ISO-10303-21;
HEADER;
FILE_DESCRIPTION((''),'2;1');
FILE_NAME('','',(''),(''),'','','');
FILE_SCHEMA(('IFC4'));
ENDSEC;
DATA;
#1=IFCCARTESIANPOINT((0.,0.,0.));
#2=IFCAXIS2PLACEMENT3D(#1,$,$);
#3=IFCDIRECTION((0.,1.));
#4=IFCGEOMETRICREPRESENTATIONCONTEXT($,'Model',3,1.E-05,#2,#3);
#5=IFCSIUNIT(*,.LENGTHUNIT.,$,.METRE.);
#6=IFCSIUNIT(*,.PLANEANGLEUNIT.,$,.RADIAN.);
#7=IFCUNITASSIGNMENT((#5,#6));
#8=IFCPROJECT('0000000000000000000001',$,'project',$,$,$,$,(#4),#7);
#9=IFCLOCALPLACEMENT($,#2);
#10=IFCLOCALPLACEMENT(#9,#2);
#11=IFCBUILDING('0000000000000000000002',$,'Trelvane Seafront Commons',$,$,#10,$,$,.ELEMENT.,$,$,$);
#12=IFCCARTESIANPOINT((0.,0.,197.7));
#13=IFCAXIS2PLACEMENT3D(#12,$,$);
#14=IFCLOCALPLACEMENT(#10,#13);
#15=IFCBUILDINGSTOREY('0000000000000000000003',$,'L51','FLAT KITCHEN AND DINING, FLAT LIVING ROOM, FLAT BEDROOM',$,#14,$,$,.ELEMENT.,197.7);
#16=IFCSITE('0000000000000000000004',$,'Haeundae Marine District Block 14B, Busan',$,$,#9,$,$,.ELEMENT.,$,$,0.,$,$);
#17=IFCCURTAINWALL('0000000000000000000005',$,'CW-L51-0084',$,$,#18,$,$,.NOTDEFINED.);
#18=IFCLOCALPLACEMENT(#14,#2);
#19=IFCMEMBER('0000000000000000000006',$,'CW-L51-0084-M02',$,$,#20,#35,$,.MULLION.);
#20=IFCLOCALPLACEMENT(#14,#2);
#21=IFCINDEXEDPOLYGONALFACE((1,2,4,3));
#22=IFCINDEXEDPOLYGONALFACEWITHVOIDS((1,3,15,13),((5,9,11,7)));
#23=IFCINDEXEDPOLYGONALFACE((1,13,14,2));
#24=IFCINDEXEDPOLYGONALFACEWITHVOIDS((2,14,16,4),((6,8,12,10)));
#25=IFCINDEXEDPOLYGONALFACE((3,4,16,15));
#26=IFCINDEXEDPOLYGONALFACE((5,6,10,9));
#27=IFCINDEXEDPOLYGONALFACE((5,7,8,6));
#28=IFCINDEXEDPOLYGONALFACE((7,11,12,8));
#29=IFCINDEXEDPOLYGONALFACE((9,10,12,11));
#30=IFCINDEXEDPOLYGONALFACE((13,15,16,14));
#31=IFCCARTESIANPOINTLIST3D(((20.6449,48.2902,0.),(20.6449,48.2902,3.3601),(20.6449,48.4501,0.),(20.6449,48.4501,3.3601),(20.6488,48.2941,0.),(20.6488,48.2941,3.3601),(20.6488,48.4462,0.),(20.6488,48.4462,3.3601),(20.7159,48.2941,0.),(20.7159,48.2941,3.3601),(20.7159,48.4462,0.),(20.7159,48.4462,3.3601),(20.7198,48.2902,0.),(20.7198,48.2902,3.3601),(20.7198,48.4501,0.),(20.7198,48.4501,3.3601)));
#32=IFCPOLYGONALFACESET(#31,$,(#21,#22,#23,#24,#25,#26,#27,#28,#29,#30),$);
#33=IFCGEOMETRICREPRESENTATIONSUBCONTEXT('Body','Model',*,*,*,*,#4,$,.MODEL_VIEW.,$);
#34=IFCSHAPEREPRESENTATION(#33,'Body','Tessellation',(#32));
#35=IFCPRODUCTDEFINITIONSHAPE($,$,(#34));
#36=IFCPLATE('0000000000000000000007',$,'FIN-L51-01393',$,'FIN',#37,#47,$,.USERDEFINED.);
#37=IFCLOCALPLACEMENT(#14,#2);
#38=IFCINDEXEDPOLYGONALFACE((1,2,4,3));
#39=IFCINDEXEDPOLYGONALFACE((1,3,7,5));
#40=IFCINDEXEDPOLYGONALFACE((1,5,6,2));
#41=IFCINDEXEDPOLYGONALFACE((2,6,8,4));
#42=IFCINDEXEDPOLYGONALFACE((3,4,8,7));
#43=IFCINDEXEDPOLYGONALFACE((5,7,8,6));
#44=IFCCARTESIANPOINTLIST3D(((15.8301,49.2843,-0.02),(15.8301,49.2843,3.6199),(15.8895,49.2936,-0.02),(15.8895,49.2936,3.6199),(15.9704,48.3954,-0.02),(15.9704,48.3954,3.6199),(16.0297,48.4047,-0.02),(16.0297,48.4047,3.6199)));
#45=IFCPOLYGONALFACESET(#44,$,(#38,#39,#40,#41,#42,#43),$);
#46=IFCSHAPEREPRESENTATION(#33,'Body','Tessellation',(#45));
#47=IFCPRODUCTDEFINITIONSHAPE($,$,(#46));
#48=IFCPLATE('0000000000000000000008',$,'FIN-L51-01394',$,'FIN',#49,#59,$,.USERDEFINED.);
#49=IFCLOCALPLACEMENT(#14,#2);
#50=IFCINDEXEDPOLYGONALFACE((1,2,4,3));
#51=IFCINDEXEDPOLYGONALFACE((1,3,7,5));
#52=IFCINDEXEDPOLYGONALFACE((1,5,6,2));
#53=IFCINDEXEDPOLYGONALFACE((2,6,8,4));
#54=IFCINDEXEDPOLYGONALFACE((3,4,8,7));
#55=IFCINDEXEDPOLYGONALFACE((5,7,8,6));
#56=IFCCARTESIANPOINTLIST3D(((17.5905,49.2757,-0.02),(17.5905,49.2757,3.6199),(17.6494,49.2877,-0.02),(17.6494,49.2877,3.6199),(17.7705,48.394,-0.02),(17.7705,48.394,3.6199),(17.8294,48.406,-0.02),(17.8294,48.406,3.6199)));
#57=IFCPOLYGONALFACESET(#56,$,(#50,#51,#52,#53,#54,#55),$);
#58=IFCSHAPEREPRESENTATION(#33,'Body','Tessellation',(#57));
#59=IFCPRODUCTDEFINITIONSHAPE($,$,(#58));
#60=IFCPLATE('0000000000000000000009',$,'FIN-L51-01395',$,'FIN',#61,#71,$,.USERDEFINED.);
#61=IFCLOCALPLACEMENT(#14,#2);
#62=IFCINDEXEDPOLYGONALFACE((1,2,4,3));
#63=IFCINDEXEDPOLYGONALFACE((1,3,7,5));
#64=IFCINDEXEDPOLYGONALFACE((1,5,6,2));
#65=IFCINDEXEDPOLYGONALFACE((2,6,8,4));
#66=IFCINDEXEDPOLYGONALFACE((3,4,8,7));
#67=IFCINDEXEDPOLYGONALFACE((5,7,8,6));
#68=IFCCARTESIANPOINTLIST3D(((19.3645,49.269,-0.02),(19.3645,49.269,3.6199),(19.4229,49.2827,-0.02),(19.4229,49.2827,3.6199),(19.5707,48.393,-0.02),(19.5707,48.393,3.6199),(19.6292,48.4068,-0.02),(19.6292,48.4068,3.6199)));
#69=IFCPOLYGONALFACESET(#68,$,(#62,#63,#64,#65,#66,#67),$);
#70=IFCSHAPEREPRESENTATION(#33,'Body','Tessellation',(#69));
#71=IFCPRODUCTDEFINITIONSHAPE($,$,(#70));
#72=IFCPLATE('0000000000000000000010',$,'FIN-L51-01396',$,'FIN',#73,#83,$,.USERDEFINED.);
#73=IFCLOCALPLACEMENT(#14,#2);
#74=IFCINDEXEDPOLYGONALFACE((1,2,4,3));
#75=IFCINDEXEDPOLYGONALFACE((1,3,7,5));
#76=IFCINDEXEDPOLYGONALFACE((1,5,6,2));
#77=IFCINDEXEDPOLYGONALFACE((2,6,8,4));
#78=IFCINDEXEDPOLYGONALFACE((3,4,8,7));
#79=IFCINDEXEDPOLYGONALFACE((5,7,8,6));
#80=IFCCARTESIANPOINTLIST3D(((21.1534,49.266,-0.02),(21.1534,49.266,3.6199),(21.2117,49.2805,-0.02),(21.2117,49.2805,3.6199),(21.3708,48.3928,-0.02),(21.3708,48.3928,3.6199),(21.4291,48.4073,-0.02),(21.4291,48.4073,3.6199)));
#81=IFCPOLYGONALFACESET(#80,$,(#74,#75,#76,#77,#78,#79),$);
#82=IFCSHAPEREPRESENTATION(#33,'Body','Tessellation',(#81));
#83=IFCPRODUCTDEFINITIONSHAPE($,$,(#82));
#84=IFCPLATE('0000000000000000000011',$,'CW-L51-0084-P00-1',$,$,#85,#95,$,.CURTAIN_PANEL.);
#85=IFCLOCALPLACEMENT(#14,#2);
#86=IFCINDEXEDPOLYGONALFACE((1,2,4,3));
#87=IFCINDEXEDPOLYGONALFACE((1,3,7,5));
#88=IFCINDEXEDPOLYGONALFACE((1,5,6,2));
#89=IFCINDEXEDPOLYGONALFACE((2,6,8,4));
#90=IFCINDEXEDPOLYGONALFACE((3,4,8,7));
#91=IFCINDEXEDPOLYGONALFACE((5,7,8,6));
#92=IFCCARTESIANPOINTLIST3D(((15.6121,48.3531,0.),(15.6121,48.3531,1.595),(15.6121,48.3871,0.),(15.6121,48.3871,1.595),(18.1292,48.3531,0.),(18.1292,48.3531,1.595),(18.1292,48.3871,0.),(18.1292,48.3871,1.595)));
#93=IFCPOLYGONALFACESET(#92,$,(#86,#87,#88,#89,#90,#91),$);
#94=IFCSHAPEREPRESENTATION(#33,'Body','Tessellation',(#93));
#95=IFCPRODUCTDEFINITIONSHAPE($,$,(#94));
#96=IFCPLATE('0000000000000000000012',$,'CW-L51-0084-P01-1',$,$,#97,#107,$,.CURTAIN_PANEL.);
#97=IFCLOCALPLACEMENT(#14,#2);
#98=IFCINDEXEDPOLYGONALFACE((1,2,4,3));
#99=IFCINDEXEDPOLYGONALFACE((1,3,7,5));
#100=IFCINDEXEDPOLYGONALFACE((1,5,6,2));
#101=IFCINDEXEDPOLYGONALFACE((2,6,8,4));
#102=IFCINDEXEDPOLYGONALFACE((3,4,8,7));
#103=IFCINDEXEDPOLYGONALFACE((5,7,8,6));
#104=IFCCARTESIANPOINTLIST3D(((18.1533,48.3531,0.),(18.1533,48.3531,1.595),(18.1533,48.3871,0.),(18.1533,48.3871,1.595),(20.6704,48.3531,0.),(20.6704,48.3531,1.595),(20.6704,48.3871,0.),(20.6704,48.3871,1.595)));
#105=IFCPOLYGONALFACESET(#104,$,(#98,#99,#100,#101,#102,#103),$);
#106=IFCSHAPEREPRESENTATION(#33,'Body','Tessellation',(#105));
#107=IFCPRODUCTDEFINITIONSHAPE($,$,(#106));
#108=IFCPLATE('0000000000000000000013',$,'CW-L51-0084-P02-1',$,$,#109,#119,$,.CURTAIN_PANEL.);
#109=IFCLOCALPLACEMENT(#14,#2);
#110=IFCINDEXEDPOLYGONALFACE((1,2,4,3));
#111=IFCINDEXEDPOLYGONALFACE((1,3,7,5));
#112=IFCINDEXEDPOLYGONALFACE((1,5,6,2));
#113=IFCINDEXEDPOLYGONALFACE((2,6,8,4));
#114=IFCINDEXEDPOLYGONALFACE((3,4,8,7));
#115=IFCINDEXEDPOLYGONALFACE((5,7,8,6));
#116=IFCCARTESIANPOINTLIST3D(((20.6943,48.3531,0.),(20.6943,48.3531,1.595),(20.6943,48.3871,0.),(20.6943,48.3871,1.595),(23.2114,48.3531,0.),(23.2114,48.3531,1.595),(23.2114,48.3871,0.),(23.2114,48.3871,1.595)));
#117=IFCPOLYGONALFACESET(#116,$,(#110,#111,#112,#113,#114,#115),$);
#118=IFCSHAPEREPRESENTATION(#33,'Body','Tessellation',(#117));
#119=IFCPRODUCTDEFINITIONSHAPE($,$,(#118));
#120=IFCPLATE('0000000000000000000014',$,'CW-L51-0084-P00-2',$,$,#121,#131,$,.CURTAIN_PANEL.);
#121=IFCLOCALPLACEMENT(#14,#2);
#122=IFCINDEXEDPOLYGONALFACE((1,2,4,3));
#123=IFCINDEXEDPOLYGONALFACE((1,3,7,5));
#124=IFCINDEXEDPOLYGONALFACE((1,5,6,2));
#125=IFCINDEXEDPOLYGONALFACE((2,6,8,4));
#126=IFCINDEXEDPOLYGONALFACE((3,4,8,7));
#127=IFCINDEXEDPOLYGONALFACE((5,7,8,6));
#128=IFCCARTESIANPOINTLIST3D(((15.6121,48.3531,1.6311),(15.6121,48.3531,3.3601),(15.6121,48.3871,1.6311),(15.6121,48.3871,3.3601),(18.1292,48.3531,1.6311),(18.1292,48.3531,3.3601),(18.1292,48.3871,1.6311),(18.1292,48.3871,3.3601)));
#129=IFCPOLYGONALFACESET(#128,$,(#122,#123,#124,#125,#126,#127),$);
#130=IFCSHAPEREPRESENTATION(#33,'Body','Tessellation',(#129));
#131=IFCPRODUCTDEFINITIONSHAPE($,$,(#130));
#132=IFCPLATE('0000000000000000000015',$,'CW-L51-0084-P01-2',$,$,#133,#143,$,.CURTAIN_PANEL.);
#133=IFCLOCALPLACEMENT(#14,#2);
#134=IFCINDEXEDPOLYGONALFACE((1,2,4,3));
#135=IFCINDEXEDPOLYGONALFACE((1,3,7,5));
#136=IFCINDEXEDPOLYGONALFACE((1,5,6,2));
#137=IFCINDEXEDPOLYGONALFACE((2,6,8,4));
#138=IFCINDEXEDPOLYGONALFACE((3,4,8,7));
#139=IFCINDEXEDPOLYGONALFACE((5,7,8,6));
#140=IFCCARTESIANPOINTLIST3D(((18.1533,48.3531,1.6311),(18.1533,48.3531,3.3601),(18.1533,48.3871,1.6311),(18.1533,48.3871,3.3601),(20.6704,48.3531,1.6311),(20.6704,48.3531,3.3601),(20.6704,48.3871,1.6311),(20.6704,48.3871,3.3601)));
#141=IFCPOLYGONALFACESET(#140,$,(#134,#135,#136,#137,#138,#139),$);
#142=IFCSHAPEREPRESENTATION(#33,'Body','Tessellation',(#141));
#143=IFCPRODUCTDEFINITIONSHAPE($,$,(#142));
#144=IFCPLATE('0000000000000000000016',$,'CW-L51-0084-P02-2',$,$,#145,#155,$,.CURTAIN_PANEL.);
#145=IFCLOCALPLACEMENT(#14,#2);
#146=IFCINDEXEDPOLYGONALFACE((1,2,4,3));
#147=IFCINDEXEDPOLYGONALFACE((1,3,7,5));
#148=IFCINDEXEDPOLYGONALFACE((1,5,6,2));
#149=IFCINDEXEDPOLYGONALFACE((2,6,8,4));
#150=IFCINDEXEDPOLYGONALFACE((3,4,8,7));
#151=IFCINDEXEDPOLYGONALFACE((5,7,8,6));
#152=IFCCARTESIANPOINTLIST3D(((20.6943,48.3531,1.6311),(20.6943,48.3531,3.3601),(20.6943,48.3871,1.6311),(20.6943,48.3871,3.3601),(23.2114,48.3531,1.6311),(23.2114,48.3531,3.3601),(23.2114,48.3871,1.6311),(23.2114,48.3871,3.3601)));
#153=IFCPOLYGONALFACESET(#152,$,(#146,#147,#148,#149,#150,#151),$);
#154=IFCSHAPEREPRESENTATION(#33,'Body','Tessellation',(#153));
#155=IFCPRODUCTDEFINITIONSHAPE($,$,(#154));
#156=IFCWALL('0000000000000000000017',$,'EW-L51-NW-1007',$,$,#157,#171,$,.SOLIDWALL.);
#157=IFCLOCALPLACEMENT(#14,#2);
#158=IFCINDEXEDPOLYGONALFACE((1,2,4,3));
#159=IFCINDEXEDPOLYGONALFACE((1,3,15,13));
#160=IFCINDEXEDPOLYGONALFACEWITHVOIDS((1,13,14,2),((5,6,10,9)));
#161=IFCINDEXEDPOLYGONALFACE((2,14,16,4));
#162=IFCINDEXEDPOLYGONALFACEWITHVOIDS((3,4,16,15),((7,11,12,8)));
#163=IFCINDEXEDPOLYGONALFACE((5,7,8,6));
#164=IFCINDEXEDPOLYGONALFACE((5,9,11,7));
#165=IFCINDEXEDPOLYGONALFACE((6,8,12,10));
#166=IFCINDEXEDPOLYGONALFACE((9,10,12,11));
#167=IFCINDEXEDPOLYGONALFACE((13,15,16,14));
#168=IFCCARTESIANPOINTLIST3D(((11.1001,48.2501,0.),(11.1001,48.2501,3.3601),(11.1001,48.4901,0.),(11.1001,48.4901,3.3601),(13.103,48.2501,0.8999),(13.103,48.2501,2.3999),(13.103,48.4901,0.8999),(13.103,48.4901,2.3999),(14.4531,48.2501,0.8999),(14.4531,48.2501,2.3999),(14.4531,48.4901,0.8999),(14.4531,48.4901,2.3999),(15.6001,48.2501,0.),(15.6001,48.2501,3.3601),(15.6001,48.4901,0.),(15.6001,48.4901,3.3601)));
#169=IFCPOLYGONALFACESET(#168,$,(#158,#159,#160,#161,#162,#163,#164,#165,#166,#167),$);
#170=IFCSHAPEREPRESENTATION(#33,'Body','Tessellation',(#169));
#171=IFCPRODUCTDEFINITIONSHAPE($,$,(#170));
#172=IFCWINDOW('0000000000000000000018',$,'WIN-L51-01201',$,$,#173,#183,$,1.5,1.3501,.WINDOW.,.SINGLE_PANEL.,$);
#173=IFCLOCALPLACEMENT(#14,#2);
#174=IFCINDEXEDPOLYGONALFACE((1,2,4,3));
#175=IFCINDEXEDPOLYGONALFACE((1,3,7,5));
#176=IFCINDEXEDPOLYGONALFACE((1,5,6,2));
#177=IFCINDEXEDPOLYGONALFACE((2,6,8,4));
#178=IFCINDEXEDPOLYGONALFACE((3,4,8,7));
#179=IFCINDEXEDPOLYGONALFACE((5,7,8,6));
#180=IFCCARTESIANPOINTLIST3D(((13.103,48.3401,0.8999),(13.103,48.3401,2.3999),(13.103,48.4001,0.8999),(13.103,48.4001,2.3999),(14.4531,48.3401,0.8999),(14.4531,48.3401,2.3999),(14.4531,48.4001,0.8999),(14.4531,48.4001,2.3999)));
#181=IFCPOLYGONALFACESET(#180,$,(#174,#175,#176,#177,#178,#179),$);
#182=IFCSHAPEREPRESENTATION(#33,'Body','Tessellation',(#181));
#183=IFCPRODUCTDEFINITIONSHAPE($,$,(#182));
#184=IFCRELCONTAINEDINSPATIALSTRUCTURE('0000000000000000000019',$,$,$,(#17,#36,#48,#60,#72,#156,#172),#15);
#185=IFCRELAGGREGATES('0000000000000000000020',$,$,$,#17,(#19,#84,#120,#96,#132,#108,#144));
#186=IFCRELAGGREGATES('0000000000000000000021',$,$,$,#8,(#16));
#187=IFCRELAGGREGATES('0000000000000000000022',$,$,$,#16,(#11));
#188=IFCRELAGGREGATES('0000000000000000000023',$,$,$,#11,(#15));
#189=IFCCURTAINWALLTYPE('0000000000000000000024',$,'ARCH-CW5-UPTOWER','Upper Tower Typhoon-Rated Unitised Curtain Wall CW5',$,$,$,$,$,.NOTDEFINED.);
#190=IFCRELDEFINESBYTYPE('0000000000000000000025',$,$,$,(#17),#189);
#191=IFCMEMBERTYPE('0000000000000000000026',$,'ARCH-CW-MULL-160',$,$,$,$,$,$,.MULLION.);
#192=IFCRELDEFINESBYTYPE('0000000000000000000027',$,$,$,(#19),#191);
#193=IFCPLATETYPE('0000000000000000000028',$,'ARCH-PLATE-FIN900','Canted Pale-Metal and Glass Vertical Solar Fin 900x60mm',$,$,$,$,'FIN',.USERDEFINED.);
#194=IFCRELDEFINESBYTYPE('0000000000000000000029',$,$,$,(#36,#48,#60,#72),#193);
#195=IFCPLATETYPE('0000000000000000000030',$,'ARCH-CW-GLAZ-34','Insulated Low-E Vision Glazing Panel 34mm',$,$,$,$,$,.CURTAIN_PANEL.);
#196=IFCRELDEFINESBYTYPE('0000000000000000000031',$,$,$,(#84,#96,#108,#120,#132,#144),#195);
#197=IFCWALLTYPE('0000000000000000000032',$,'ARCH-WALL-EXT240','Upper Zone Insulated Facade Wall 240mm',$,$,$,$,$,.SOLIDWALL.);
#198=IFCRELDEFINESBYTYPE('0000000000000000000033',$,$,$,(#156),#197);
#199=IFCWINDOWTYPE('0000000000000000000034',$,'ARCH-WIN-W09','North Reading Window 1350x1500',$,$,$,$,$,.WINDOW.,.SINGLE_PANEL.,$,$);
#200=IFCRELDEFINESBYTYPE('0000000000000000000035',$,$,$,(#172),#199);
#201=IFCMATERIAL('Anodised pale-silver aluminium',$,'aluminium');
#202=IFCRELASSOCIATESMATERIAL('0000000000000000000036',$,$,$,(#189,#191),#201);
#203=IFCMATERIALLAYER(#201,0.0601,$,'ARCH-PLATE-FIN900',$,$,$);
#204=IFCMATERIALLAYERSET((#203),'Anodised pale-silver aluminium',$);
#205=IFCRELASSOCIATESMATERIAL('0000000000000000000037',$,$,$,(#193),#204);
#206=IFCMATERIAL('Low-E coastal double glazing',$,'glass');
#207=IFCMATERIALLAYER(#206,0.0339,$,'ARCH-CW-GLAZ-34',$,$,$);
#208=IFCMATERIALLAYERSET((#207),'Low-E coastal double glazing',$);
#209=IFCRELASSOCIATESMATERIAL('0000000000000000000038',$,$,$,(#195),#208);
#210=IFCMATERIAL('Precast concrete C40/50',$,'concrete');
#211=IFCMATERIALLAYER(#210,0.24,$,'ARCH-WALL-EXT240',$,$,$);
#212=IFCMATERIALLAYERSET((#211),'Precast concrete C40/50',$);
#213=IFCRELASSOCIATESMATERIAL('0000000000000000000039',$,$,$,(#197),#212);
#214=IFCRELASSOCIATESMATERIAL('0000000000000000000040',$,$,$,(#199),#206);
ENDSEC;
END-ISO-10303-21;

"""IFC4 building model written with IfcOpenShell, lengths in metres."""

from ifc_helpers import new_model, si_unit, direction, frame, frame_2d, origin, origin_2d, place, context, subcontext, project, spatial, rectangle, hollow_rectangle, extrude, source, transform, mapped, material, layer, layer_set, material_profile, profile_set, type_object, element, fill, aggregate, save


model = new_model("IFC4")

# Units and contexts
model_context = context("Model", 3, precision=1e-05, world=origin(), true_north=direction((0.0, 1.0)))
body_context = subcontext(model_context, "Body", "Model", "MODEL_VIEW")
ifc_project = project(units=[si_unit("LENGTHUNIT", "METRE"), si_unit("PLANEANGLEUNIT", "RADIAN")], contexts=[model_context])

# Site, building, storey
site_placement = place(None, origin())
site = spatial("IfcSite", under=ifc_project, at=site_placement, Name="Haeundae Marine District Block 14B, Busan", CompositionType="ELEMENT", RefElevation=0.0)
building_placement = place(site_placement, origin())
building = spatial("IfcBuilding", under=site, at=building_placement, Name="Trelvane Seafront Commons", CompositionType="ELEMENT")
storey_placement = place(building_placement, frame((0.0, 0.0, 197.7)))
storey = spatial("IfcBuildingStorey", under=building, at=storey_placement, Name="L51", Description="FLAT KITCHEN AND DINING, FLAT LIVING ROOM, FLAT BEDROOM", CompositionType="ELEMENT", Elevation=197.7)

# Curtain wall, member
ifc_material_1 = material(Name="Anodised pale-silver aluminium", Category="aluminium")
curtain_wall_type = type_object("IfcCurtainWallType", Name="ARCH-CW5-UPTOWER", Description="Upper Tower Typhoon-Rated Unitised Curtain Wall CW5", PredefinedType="NOTDEFINED", material=ifc_material_1)
curtain_wall_placement = place(storey_placement, origin())
curtain_wall = element("IfcCurtainWall", 1, at=curtain_wall_placement, inside=storey, type_object=curtain_wall_type, Name="CW-L51-0084", PredefinedType="NOTDEFINED")
ifc_material_profile_1 = material_profile(ifc_material_1, hollow_rectangle(XDim=0.075, YDim=0.1599, WallThickness=0.0039, at=origin_2d()), Name="MULL-75x160x4")
ifc_profile_set_1 = profile_set([ifc_material_profile_1], Name="Anodised pale-silver aluminium")
member_type_1 = type_object("IfcMemberType", Name="ARCH-CW-MULL-160", PredefinedType="MULLION", material=ifc_profile_set_1)
shared_shape_1 = source(origin(), body_context, "Body", "SweptSolid", [
    extrude(hollow_rectangle(XDim=0.075, YDim=0.1599, WallThickness=0.0039, at=origin_2d()), origin(), (0.0, 0.0, 1.0), 3.3601),
])
member_1_placement = place(storey_placement, frame((20.6824, 48.3701, 0.0), z_axis=(0.0, 0.0, 1.0), x_axis=(1.0, 0.0, 0.0)))
member_1 = element("IfcMember", 2, at=member_1_placement, type_object=member_type_1, Name="CW-L51-0084-M02", PredefinedType="MULLION", context=body_context, shape_type="MappedRepresentation", body=[
    mapped(shared_shape_1, transform((0.0, 0.0, 0.0), x_axis=(1.0, 0.0, 0.0), y_axis=(0.0, 1.0, 0.0), z_axis=(0.0, 0.0, 1.0), scale=1.0)),
])

# Plates
ifc_layer_1 = layer(ifc_material_1, 0.0601, Name="ARCH-PLATE-FIN900")
ifc_layer_set_1 = layer_set([ifc_layer_1], Name="Anodised pale-silver aluminium")
plate_type_1 = type_object("IfcPlateType", Name="ARCH-PLATE-FIN900", Description="Canted Pale-Metal and Glass Vertical Solar Fin 900x60mm", ElementType="FIN", PredefinedType="USERDEFINED", material=ifc_layer_set_1)
shared_shape_2 = source(origin(), body_context, "Body", "SweptSolid", [
    extrude(rectangle(XDim=0.8999, YDim=0.0601, at=origin_2d()), origin(), (0.0, 0.0, 1.0), 3.6399),
])
for number, where, z_axis, x_axis, name in (
    (3, (15.9299, 48.8445, -0.02), (0.0, 0.0, 1.0), (-0.155888, 0.987775, 0.0), "FIN-L51-01393"),
    (4, (17.71, 48.8408, -0.02), (0.0, 0.0, 1.0), (-0.200004, 0.979795, 0.0), "FIN-L51-01394"),
    (5, (19.4968, 48.8379, -0.02), (0.0, 0.0, 1.0), (-0.229231, 0.973372, 0.0), "FIN-L51-01395"),
    (6, (21.2913, 48.8367, -0.02), (0.0, 0.0, 1.0), (-0.241568, 0.970384, 0.0), "FIN-L51-01396"),
):
    element("IfcPlate", number, at=place(storey_placement, frame(where, z_axis=z_axis, x_axis=x_axis)), inside=storey, type_object=plate_type_1, Name=name, ObjectType="FIN", PredefinedType="USERDEFINED", context=body_context, shape_type="MappedRepresentation", body=[
        mapped(shared_shape_2, transform((0.0, 0.0, 0.0), x_axis=(1.0, 0.0, 0.0), y_axis=(0.0, 1.0, 0.0), z_axis=(0.0, 0.0, 1.0), scale=1.0)),
    ])

# Plates
ifc_material_2 = material(Name="Low-E coastal double glazing", Category="glass")
ifc_layer_2 = layer(ifc_material_2, 0.0339, Name="ARCH-CW-GLAZ-34")
ifc_layer_set_2 = layer_set([ifc_layer_2], Name="Low-E coastal double glazing")
plate_type_2 = type_object("IfcPlateType", Name="ARCH-CW-GLAZ-34", Description="Insulated Low-E Vision Glazing Panel 34mm", PredefinedType="CURTAIN_PANEL", material=ifc_layer_set_2)
shared_shape_3 = source(origin(), body_context, "Body", "SweptSolid", [
    extrude(rectangle(XDim=2.5171, YDim=0.0339, at=origin_2d()), origin(), (0.0, 0.0, 1.0), 1.595),
])
plate_1_placement = place(storey_placement, frame((16.8706, 48.3701, 0.0), z_axis=(0.0, 0.0, 1.0), x_axis=(1.0, 0.0, 0.0)))
plate_1 = element("IfcPlate", 7, at=plate_1_placement, type_object=plate_type_2, Name="CW-L51-0084-P00-1", PredefinedType="CURTAIN_PANEL", context=body_context, shape_type="MappedRepresentation", body=[
    mapped(shared_shape_3, transform((0.0, 0.0, 0.0), x_axis=(1.0, 0.0, 0.0), y_axis=(0.0, 1.0, 0.0), z_axis=(0.0, 0.0, 1.0), scale=1.0)),
])
plate_2_placement = place(storey_placement, frame((19.4119, 48.3701, 0.0), z_axis=(0.0, 0.0, 1.0), x_axis=(1.0, 0.0, 0.0)))
plate_2 = element("IfcPlate", 8, at=plate_2_placement, type_object=plate_type_2, Name="CW-L51-0084-P01-1", PredefinedType="CURTAIN_PANEL", context=body_context, shape_type="MappedRepresentation", body=[
    mapped(shared_shape_3, transform((0.0, 0.0, 0.0), x_axis=(1.0, 0.0, 0.0), y_axis=(0.0, 1.0, 0.0), z_axis=(0.0, 0.0, 1.0), scale=1.0)),
])
plate_3_placement = place(storey_placement, frame((21.9529, 48.3701, 0.0), z_axis=(0.0, 0.0, 1.0), x_axis=(1.0, 0.0, 0.0)))
plate_3 = element("IfcPlate", 9, at=plate_3_placement, type_object=plate_type_2, Name="CW-L51-0084-P02-1", PredefinedType="CURTAIN_PANEL", context=body_context, shape_type="MappedRepresentation", body=[
    mapped(shared_shape_3, transform((0.0, 0.0, 0.0), x_axis=(1.0, 0.0, 0.0), y_axis=(0.0, 1.0, 0.0), z_axis=(0.0, 0.0, 1.0), scale=1.0)),
])
shared_shape_4 = source(origin(), body_context, "Body", "SweptSolid", [
    extrude(rectangle(XDim=2.5171, YDim=0.0339, at=origin_2d()), origin(), (0.0, 0.0, 1.0), 1.729),
])
plate_4_placement = place(storey_placement, frame((16.8706, 48.3701, 1.6311), z_axis=(0.0, 0.0, 1.0), x_axis=(1.0, 0.0, 0.0)))
plate_4 = element("IfcPlate", 10, at=plate_4_placement, type_object=plate_type_2, Name="CW-L51-0084-P00-2", PredefinedType="CURTAIN_PANEL", context=body_context, shape_type="MappedRepresentation", body=[
    mapped(shared_shape_4, transform((0.0, 0.0, 0.0), x_axis=(1.0, 0.0, 0.0), y_axis=(0.0, 1.0, 0.0), z_axis=(0.0, 0.0, 1.0), scale=1.0)),
])
plate_5_placement = place(storey_placement, frame((19.4119, 48.3701, 1.6311), z_axis=(0.0, 0.0, 1.0), x_axis=(1.0, 0.0, 0.0)))
plate_5 = element("IfcPlate", 11, at=plate_5_placement, type_object=plate_type_2, Name="CW-L51-0084-P01-2", PredefinedType="CURTAIN_PANEL", context=body_context, shape_type="MappedRepresentation", body=[
    mapped(shared_shape_4, transform((0.0, 0.0, 0.0), x_axis=(1.0, 0.0, 0.0), y_axis=(0.0, 1.0, 0.0), z_axis=(0.0, 0.0, 1.0), scale=1.0)),
])
plate_6_placement = place(storey_placement, frame((21.9529, 48.3701, 1.6311), z_axis=(0.0, 0.0, 1.0), x_axis=(1.0, 0.0, 0.0)))
plate_6 = element("IfcPlate", 12, at=plate_6_placement, type_object=plate_type_2, Name="CW-L51-0084-P02-2", PredefinedType="CURTAIN_PANEL", context=body_context, shape_type="MappedRepresentation", body=[
    mapped(shared_shape_4, transform((0.0, 0.0, 0.0), x_axis=(1.0, 0.0, 0.0), y_axis=(0.0, 1.0, 0.0), z_axis=(0.0, 0.0, 1.0), scale=1.0)),
])
aggregate(curtain_wall, [member_1, plate_1, plate_4, plate_2, plate_5, plate_3, plate_6])

# Wall, opening, window
ifc_material_3 = material(Name="Precast concrete C40/50", Category="concrete")
ifc_layer_3 = layer(ifc_material_3, 0.24, Name="ARCH-WALL-EXT240")
ifc_layer_set_3 = layer_set([ifc_layer_3], Name="Precast concrete C40/50")
wall_type_1 = type_object("IfcWallType", Name="ARCH-WALL-EXT240", Description="Upper Zone Insulated Facade Wall 240mm", PredefinedType="SOLIDWALL", material=ifc_layer_set_3)
wall_1_placement = place(storey_placement, frame((11.1001, 48.3701, 0.0), z_axis=(0.0, 0.0, 1.0), x_axis=(1.0, 0.0, 0.0)))
wall_1 = element("IfcWall", 13, at=wall_1_placement, inside=storey, type_object=wall_type_1, Name="EW-L51-NW-1007", PredefinedType="SOLIDWALL", context=body_context, shape_type="SweptSolid", body=[
    extrude(rectangle(XDim=4.5, YDim=0.24, at=frame_2d((2.25, 0.0))), origin(), (0.0, 0.0, 1.0), 3.3601),
])
opening_1_placement = place(wall_1_placement, frame((2.0029, 0.0, 0.8999)))
opening_1 = element("IfcOpeningElement", 14, at=opening_1_placement, cuts=wall_1, PredefinedType="OPENING", context=body_context, shape_type="SweptSolid", body=[
    extrude(rectangle(XDim=1.3501, YDim=1.5, at=frame_2d((0.675, 0.75))), frame((0.0, 0.1299, 0.0), z_axis=(0.0, -1.0, 0.0), x_axis=(1.0, 0.0, 0.0)), (0.0, 0.0, 1.0), 0.26),
])
window_type = type_object("IfcWindowType", Name="ARCH-WIN-W09", Description="North Reading Window 1350x1500", PartitioningType="SINGLE_PANEL", PredefinedType="WINDOW", material=ifc_material_2)
shared_shape_5 = source(origin(), body_context, "Body", "SweptSolid", [
    extrude(rectangle(XDim=1.3501, YDim=1.5, at=frame_2d((0.675, 0.75))), frame((0.0, 0.03, 0.0), z_axis=(0.0, -1.0, 0.0), x_axis=(1.0, 0.0, 0.0)), (0.0, 0.0, 1.0), 0.0601),
])
window_placement = place(opening_1_placement, origin())
window = element("IfcWindow", 15, at=window_placement, inside=storey, type_object=window_type, Name="WIN-L51-01201", OverallHeight=1.5, OverallWidth=1.3501, PartitioningType="SINGLE_PANEL", PredefinedType="WINDOW", context=body_context, shape_type="MappedRepresentation", body=[
    mapped(shared_shape_5, transform((0.0, 0.0, 0.0), x_axis=(1.0, 0.0, 0.0), y_axis=(0.0, 1.0, 0.0), z_axis=(0.0, 0.0, 1.0), scale=1.0)),
])
fill(opening_1, window)

save(model, "model.ifc")
